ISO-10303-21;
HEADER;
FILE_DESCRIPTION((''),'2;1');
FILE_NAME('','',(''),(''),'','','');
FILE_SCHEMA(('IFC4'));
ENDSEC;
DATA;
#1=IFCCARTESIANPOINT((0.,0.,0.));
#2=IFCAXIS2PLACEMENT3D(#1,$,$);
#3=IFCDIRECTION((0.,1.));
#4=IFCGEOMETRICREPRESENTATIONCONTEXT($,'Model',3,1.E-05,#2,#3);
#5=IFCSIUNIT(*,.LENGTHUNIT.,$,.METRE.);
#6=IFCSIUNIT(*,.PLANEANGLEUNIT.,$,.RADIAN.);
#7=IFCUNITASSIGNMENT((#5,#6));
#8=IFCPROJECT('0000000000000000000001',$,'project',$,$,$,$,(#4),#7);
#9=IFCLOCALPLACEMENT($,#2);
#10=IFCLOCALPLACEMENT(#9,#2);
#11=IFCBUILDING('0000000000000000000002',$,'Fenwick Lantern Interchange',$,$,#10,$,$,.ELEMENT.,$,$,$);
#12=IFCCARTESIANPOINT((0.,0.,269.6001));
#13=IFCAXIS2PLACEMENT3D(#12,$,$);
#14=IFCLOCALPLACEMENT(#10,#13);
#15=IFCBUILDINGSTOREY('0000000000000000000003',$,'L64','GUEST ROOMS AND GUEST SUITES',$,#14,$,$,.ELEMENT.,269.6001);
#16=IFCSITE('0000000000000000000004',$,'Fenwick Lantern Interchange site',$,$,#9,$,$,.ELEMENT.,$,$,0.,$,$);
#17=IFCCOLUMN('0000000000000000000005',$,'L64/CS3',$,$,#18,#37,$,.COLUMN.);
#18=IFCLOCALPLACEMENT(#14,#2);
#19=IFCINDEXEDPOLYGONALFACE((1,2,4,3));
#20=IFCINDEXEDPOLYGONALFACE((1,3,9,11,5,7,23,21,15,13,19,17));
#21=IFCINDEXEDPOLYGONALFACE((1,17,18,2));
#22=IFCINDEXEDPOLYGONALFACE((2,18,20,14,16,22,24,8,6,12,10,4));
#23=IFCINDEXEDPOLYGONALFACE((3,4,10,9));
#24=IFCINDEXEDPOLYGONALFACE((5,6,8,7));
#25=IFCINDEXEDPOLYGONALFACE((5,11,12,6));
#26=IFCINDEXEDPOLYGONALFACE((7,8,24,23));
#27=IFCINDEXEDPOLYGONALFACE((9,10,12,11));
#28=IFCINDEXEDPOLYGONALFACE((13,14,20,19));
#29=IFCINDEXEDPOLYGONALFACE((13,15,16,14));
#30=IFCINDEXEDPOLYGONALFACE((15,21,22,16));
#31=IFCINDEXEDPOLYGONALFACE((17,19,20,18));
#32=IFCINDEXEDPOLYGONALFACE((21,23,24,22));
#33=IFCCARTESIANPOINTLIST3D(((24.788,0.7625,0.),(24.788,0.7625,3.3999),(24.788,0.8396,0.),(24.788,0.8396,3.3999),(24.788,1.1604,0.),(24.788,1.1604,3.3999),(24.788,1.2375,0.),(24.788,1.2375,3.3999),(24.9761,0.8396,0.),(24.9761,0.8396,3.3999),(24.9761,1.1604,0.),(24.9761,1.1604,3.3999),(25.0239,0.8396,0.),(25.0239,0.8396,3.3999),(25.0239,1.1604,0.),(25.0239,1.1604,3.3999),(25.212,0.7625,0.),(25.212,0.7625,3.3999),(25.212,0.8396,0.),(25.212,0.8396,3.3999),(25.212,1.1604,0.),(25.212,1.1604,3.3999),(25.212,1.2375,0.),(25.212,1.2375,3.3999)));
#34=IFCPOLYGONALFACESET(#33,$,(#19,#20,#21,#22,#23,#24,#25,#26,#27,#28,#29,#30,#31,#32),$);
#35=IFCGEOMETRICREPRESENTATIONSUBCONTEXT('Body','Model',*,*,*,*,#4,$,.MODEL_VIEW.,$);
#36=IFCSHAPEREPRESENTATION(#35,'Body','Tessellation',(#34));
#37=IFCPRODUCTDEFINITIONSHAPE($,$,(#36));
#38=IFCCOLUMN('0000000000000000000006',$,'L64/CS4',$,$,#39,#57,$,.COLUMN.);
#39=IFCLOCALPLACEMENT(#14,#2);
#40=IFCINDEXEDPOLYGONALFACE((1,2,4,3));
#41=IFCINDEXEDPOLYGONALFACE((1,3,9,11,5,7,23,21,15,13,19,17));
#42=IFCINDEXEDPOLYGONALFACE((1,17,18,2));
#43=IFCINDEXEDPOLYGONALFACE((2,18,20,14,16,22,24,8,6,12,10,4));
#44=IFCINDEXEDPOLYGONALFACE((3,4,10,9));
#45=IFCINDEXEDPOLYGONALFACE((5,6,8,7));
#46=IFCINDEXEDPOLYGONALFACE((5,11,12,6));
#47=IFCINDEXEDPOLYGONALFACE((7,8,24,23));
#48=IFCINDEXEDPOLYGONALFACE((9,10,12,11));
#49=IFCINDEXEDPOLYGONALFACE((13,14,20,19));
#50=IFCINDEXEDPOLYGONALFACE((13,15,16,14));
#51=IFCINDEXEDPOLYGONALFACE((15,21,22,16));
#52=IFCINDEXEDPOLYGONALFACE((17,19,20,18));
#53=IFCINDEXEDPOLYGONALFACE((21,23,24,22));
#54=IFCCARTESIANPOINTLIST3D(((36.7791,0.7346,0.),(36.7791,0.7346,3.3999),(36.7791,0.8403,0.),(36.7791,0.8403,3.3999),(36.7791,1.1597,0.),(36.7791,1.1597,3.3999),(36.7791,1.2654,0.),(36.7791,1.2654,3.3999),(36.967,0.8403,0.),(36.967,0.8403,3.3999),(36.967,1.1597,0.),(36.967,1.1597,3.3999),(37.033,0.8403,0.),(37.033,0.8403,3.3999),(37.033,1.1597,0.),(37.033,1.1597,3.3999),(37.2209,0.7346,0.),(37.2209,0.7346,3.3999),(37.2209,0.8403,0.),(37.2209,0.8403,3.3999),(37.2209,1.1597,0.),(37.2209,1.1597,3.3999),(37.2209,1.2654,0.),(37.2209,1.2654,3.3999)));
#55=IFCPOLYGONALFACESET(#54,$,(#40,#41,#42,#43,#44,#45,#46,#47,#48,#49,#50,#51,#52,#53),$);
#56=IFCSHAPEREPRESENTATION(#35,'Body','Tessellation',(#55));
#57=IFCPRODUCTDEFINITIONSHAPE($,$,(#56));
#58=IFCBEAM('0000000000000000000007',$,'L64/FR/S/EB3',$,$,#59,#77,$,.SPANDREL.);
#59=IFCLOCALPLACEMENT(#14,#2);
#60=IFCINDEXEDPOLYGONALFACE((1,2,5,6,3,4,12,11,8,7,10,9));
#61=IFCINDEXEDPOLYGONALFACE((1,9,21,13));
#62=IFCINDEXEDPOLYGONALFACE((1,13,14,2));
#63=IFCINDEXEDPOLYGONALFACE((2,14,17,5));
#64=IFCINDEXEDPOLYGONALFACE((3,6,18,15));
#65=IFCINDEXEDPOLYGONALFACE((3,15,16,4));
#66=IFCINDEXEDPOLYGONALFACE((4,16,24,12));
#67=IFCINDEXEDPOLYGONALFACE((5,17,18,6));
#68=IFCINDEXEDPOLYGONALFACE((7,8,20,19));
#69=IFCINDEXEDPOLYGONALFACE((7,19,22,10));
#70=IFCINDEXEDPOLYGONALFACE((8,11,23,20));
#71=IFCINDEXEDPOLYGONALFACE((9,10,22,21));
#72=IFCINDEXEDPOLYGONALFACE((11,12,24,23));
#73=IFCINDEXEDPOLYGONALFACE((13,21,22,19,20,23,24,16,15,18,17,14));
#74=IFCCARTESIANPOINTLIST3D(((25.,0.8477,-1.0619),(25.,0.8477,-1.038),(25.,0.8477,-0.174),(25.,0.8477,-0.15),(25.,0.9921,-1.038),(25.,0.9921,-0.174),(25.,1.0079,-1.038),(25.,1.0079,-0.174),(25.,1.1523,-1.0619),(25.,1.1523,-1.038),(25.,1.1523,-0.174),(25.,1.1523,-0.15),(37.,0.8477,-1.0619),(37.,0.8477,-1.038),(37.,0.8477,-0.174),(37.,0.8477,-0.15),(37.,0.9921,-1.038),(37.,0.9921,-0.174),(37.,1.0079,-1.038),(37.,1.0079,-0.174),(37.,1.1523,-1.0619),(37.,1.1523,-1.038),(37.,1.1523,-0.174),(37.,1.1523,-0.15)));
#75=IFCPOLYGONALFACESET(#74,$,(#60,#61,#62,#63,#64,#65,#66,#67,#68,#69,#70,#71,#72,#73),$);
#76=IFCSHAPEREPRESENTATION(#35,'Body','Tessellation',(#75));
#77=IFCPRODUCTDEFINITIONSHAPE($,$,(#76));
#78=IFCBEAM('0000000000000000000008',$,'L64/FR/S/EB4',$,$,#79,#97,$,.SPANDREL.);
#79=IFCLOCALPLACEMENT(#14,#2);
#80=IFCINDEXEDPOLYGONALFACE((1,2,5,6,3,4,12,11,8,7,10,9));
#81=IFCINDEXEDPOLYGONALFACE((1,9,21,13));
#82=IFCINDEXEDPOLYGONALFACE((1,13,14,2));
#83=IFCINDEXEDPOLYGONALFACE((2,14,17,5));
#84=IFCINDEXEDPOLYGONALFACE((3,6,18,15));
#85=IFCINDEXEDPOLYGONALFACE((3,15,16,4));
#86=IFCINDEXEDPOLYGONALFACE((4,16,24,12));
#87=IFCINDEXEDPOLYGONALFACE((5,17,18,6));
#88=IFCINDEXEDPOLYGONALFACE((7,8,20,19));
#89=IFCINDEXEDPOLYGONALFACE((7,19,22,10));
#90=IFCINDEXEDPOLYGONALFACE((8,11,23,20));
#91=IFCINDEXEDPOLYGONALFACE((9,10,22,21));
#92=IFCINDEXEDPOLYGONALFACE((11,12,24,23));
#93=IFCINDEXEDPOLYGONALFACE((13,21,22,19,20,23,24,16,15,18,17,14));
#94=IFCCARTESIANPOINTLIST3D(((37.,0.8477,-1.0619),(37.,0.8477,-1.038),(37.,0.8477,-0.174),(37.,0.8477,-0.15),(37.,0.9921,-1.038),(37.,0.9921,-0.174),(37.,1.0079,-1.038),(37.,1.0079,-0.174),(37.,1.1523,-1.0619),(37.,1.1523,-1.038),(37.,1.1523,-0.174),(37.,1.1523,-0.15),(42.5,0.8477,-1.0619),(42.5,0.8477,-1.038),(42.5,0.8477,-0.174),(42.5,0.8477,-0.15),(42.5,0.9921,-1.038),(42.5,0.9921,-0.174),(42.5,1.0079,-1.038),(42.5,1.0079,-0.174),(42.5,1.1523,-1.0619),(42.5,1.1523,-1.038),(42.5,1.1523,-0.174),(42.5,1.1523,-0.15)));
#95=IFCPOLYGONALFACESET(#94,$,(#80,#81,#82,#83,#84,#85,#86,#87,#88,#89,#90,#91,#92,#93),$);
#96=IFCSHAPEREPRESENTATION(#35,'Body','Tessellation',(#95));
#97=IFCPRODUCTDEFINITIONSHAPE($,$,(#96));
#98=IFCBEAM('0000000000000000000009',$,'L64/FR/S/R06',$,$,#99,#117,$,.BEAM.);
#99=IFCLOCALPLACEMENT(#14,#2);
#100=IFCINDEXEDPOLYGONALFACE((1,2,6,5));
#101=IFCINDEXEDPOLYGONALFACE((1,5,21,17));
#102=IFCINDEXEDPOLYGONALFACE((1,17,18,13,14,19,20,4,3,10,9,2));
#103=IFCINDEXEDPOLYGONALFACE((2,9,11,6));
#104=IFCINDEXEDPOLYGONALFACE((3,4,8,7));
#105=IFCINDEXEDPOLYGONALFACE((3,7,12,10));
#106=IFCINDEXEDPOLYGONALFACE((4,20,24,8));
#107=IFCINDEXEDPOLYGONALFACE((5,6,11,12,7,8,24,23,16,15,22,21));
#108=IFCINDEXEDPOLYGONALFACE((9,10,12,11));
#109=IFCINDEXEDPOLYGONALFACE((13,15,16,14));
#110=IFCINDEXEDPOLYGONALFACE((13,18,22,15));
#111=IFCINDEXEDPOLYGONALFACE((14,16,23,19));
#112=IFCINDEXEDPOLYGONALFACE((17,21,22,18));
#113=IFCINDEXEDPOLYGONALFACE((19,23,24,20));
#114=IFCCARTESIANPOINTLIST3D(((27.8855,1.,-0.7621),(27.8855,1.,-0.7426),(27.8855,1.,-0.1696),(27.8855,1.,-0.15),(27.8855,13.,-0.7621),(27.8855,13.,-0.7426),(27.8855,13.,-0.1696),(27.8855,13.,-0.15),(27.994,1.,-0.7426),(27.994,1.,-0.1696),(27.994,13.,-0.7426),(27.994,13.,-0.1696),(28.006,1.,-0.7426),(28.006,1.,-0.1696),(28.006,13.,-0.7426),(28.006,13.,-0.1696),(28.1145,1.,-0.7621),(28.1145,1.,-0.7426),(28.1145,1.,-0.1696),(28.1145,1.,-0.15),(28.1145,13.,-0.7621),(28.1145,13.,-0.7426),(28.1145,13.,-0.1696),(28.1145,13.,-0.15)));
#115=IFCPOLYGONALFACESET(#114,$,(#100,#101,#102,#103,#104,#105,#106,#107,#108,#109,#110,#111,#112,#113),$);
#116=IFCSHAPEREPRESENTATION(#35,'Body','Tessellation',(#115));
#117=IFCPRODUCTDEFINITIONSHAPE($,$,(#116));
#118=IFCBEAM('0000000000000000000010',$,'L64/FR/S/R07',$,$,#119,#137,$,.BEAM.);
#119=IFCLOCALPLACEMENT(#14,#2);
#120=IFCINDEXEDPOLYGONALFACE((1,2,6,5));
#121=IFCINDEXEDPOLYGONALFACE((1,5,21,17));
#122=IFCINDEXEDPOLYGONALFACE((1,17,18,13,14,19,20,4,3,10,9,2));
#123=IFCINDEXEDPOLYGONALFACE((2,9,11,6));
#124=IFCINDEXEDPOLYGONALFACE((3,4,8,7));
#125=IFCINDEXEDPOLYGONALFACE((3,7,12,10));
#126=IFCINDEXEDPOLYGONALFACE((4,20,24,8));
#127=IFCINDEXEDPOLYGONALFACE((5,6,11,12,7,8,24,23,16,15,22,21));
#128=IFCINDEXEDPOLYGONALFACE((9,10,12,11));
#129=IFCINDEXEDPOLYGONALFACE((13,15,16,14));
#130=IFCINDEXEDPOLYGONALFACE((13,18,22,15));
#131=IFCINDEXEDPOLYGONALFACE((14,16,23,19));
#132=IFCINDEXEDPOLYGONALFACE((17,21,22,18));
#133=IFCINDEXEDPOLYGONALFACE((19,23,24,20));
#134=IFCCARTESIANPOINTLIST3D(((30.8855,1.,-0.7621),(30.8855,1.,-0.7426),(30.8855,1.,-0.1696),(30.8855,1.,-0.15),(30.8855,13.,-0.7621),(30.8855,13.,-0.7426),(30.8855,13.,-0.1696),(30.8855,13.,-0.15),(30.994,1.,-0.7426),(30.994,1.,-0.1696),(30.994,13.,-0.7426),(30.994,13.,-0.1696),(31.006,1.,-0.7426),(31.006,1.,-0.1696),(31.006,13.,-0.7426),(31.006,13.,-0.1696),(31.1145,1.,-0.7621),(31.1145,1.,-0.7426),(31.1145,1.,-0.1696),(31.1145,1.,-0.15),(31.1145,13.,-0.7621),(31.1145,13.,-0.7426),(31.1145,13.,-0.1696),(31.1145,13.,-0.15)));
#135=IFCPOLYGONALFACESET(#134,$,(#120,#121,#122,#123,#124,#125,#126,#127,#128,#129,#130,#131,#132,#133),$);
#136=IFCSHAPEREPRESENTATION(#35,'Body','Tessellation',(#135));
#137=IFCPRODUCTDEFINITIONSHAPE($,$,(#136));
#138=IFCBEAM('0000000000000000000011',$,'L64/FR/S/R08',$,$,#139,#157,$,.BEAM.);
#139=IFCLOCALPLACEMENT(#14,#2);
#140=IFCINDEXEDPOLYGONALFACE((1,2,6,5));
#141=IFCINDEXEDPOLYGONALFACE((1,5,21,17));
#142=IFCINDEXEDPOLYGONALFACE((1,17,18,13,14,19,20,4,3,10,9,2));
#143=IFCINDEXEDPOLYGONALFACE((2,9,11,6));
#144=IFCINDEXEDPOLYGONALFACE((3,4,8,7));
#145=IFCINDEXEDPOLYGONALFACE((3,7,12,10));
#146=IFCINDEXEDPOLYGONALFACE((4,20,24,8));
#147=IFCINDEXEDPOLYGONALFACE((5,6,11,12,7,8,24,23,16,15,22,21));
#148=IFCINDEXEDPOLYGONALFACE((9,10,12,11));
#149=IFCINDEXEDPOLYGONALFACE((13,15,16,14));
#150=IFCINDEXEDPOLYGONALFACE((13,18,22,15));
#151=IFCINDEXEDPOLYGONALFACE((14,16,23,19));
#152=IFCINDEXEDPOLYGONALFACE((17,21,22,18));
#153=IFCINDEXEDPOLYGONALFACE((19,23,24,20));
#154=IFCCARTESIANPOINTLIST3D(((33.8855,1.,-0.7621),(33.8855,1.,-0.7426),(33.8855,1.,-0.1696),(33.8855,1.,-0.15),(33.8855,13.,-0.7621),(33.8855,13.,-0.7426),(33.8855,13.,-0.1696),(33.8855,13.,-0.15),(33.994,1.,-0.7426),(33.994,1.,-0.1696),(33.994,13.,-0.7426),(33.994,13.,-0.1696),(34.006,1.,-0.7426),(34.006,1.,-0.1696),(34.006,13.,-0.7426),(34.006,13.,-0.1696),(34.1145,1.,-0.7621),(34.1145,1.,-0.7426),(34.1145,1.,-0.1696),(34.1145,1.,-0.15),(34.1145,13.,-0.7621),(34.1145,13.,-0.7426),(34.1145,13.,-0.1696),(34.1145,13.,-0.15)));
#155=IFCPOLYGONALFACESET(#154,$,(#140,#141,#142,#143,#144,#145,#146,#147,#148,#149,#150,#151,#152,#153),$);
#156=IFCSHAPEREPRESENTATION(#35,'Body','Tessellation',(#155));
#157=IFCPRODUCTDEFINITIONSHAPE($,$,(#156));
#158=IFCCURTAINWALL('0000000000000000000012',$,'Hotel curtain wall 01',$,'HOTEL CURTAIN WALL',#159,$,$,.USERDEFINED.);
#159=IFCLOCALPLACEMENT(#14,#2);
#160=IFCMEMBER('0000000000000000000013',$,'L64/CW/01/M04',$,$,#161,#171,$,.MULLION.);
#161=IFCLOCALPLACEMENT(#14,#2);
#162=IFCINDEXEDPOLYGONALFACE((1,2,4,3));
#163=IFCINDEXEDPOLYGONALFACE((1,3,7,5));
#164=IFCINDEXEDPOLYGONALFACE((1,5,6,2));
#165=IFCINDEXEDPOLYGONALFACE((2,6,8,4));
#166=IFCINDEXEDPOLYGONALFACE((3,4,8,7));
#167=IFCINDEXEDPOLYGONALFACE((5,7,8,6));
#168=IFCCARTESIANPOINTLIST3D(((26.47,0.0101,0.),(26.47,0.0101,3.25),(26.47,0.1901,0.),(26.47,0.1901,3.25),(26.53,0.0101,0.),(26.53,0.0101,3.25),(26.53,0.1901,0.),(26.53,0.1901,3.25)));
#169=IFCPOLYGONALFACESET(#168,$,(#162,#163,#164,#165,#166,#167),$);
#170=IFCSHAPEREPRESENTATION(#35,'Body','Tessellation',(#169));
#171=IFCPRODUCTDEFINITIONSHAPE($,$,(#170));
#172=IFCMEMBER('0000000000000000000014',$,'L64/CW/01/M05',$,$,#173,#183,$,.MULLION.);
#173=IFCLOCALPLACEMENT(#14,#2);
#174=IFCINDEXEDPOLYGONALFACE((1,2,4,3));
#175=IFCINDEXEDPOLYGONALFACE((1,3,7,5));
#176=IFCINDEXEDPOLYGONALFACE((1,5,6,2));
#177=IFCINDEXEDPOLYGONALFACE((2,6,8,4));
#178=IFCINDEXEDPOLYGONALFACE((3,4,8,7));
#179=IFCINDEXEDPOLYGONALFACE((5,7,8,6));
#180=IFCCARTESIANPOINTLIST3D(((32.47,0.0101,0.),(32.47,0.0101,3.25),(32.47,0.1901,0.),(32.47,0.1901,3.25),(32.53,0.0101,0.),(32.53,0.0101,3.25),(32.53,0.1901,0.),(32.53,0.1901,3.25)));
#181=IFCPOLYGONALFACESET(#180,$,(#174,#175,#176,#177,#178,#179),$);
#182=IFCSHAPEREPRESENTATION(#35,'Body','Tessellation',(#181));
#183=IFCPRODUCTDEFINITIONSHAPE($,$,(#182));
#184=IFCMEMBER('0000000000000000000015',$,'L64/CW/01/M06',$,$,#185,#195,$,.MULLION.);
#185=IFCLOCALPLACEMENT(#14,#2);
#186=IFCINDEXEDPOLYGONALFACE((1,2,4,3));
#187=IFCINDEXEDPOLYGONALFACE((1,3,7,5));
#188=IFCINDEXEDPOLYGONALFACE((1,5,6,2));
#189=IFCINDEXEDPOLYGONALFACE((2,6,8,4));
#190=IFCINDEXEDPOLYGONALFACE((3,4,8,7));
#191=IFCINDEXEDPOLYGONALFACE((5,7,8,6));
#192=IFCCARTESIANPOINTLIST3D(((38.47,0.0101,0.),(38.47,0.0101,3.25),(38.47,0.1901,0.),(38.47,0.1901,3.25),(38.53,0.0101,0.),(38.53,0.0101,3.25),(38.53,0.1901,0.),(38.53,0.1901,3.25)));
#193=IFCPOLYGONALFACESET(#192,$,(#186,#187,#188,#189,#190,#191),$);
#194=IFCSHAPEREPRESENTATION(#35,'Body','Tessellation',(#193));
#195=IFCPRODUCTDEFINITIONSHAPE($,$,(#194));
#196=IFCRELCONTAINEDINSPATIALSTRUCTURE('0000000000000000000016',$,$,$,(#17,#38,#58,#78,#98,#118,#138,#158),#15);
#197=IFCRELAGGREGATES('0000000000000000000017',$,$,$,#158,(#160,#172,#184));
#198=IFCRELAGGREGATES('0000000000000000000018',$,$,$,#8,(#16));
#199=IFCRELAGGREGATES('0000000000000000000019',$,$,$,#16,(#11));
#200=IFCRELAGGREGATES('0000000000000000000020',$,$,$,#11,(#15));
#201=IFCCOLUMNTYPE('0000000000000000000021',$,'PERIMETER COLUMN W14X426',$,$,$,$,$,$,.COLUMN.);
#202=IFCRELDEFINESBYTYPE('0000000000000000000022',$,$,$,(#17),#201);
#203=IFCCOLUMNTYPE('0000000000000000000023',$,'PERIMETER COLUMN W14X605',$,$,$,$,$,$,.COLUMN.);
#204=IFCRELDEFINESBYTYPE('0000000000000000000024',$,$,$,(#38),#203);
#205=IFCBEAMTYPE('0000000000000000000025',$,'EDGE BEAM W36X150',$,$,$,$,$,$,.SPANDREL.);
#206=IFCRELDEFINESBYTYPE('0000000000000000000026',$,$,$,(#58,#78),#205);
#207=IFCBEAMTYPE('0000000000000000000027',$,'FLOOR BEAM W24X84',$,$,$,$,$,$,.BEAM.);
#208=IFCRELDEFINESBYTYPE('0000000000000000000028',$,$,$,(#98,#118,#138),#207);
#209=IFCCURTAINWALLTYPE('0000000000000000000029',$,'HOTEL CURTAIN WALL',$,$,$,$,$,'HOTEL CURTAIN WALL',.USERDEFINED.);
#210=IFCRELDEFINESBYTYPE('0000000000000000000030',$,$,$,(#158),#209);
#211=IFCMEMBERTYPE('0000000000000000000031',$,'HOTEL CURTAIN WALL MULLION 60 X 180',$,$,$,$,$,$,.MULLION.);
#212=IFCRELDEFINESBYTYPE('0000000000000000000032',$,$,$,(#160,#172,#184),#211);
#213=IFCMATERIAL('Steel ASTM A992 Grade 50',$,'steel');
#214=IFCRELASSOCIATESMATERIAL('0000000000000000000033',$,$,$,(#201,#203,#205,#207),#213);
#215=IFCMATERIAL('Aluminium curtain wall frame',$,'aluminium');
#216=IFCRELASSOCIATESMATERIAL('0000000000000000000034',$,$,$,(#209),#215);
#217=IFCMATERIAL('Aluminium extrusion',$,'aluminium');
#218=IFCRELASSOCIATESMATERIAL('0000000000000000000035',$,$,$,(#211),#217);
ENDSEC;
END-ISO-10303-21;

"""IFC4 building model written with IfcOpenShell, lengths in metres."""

from ifc_helpers import new_model, si_unit, direction, frame, origin, origin_2d, place, context, subcontext, project, spatial, rectangle, i_section, extrude, material, material_profile, profile_set, type_object, element, aggregate, save


model = new_model("IFC4")

# Units and contexts
model_context = context("Model", 3, precision=1e-05, world=origin(), true_north=direction((0.0, 1.0)))
body_context = subcontext(model_context, "Body", "Model", "MODEL_VIEW")
ifc_project = project(units=[si_unit("LENGTHUNIT", "METRE"), si_unit("PLANEANGLEUNIT", "RADIAN")], contexts=[model_context])

# Site, building, storey
site_placement = place(None, origin())
site = spatial("IfcSite", under=ifc_project, at=site_placement, Name="Fenwick Lantern Interchange site", CompositionType="ELEMENT", RefElevation=0.0)
building_placement = place(site_placement, origin())
building = spatial("IfcBuilding", under=site, at=building_placement, Name="Fenwick Lantern Interchange", CompositionType="ELEMENT")
storey_placement = place(building_placement, frame((0.0, 0.0, 269.6001)))
storey = spatial("IfcBuildingStorey", under=building, at=storey_placement, Name="L64", Description="GUEST ROOMS AND GUEST SUITES", CompositionType="ELEMENT", Elevation=269.6001)

# Columns
ifc_material_1 = material(Name="Steel ASTM A992 Grade 50", Category="steel")
ifc_material_profile_1 = material_profile(ifc_material_1, i_section(OverallWidth=0.4241, OverallDepth=0.4751, WebThickness=0.0479, FlangeThickness=0.0771, at=origin_2d()), Name="W14X426")
ifc_profile_set_1 = profile_set([ifc_material_profile_1], Name="Steel ASTM A992 Grade 50")
column_type_1 = type_object("IfcColumnType", Name="PERIMETER COLUMN W14X426", PredefinedType="COLUMN", material=ifc_profile_set_1)
column_1_placement = place(storey_placement, frame((25.0, 1.0, 0.0), z_axis=(0.0, 0.0, 1.0), x_axis=(1.0, 0.0, 0.0)))
element("IfcColumn", 1, at=column_1_placement, inside=storey, type_object=column_type_1, Name="L64/CS3", PredefinedType="COLUMN", context=body_context, shape_type="SweptSolid", body=[
    extrude(i_section(OverallWidth=0.4241, OverallDepth=0.4751, WebThickness=0.0479, FlangeThickness=0.0771, at=origin_2d()), origin(), (0.0, 0.0, 1.0), 3.3999),
])
ifc_material_profile_2 = material_profile(ifc_material_1, i_section(OverallWidth=0.4419, OverallDepth=0.5308, WebThickness=0.0659, FlangeThickness=0.1057, at=origin_2d()), Name="W14X605")
ifc_profile_set_2 = profile_set([ifc_material_profile_2], Name="Steel ASTM A992 Grade 50")
column_type_2 = type_object("IfcColumnType", Name="PERIMETER COLUMN W14X605", PredefinedType="COLUMN", material=ifc_profile_set_2)
column_2_placement = place(storey_placement, frame((37.0, 1.0, 0.0), z_axis=(0.0, 0.0, 1.0), x_axis=(1.0, 0.0, 0.0)))
element("IfcColumn", 2, at=column_2_placement, inside=storey, type_object=column_type_2, Name="L64/CS4", PredefinedType="COLUMN", context=body_context, shape_type="SweptSolid", body=[
    extrude(i_section(OverallWidth=0.4419, OverallDepth=0.5308, WebThickness=0.0659, FlangeThickness=0.1057, at=origin_2d()), origin(), (0.0, 0.0, 1.0), 3.3999),
])

# Beams
ifc_material_profile_3 = material_profile(ifc_material_1, i_section(OverallWidth=0.3047, OverallDepth=0.9119, WebThickness=0.0159, FlangeThickness=0.0239, at=origin_2d()), Name="W36X150")
ifc_profile_set_3 = profile_set([ifc_material_profile_3], Name="Steel ASTM A992 Grade 50")
beam_type_1 = type_object("IfcBeamType", Name="EDGE BEAM W36X150", PredefinedType="SPANDREL", material=ifc_profile_set_3)
beam_1_placement = place(storey_placement, frame((25.0, 1.0, -0.606), z_axis=(1.0, 0.0, 0.0), x_axis=(0.0, 1.0, 0.0)))
element("IfcBeam", 3, at=beam_1_placement, inside=storey, type_object=beam_type_1, Name="L64/FR/S/EB3", PredefinedType="SPANDREL", context=body_context, shape_type="SweptSolid", body=[
    extrude(i_section(OverallWidth=0.3047, OverallDepth=0.9119, WebThickness=0.0159, FlangeThickness=0.0239, at=origin_2d()), origin(), (0.0, 0.0, 1.0), 12.0),
])
beam_2_placement = place(storey_placement, frame((37.0, 1.0, -0.606), z_axis=(1.0, 0.0, 0.0), x_axis=(0.0, 1.0, 0.0)))
element("IfcBeam", 4, at=beam_2_placement, inside=storey, type_object=beam_type_1, Name="L64/FR/S/EB4", PredefinedType="SPANDREL", context=body_context, shape_type="SweptSolid", body=[
    extrude(i_section(OverallWidth=0.3047, OverallDepth=0.9119, WebThickness=0.0159, FlangeThickness=0.0239, at=origin_2d()), origin(), (0.0, 0.0, 1.0), 5.5),
])
ifc_material_profile_4 = material_profile(ifc_material_1, i_section(OverallWidth=0.229, OverallDepth=0.6121, WebThickness=0.012, FlangeThickness=0.0195, at=origin_2d()), Name="W24X84")
ifc_profile_set_4 = profile_set([ifc_material_profile_4], Name="Steel ASTM A992 Grade 50")
beam_type_2 = type_object("IfcBeamType", Name="FLOOR BEAM W24X84", PredefinedType="BEAM", material=ifc_profile_set_4)
for number, where, z_axis, x_axis, name in (
    (5, (28.0, 1.0, -0.4561), (0.0, 1.0, 0.0), (-1.0, 0.0, 0.0), "L64/FR/S/R06"),
    (6, (31.0, 1.0, -0.4561), (0.0, 1.0, 0.0), (-1.0, 0.0, 0.0), "L64/FR/S/R07"),
    (7, (34.0, 1.0, -0.4561), (0.0, 1.0, 0.0), (-1.0, 0.0, 0.0), "L64/FR/S/R08"),
):
    element("IfcBeam", number, at=place(storey_placement, frame(where, z_axis=z_axis, x_axis=x_axis)), inside=storey, type_object=beam_type_2, Name=name, PredefinedType="BEAM", context=body_context, shape_type="SweptSolid", body=[
        extrude(i_section(OverallWidth=0.229, OverallDepth=0.6121, WebThickness=0.012, FlangeThickness=0.0195, at=origin_2d()), origin(), (0.0, 0.0, 1.0), 12.0),
    ])

# Curtain wall, members
ifc_material_2 = material(Name="Aluminium curtain wall frame", Category="aluminium")
curtain_wall_type = type_object("IfcCurtainWallType", Name="HOTEL CURTAIN WALL", ElementType="HOTEL CURTAIN WALL", PredefinedType="USERDEFINED", material=ifc_material_2)
curtain_wall_placement = place(storey_placement, origin())
curtain_wall = element("IfcCurtainWall", 8, at=curtain_wall_placement, inside=storey, type_object=curtain_wall_type, Name="Hotel curtain wall 01", ObjectType="HOTEL CURTAIN WALL", PredefinedType="USERDEFINED")
ifc_material_3 = material(Name="Aluminium extrusion", Category="aluminium")
ifc_material_profile_5 = material_profile(ifc_material_3, rectangle(XDim=0.1799, YDim=0.0601, at=origin_2d()), Name="HOTEL CURTAIN WALL MULLION 60 X 180")
ifc_profile_set_5 = profile_set([ifc_material_profile_5], Name="Aluminium extrusion")
member_type_1 = type_object("IfcMemberType", Name="HOTEL CURTAIN WALL MULLION 60 X 180", PredefinedType="MULLION", material=ifc_profile_set_5)
member_1_placement = place(storey_placement, frame((26.5, 0.1001, 0.0), z_axis=(0.0, 0.0, 1.0), x_axis=(0.0, 1.0, 0.0)))
member_1 = element("IfcMember", 9, at=member_1_placement, type_object=member_type_1, Name="L64/CW/01/M04", PredefinedType="MULLION", context=body_context, shape_type="SweptSolid", body=[
    extrude(rectangle(XDim=0.1799, YDim=0.0601, at=origin_2d()), origin(), (0.0, 0.0, 1.0), 3.25),
])
member_2_placement = place(storey_placement, frame((32.5, 0.1001, 0.0), z_axis=(0.0, 0.0, 1.0), x_axis=(0.0, 1.0, 0.0)))
member_2 = element("IfcMember", 10, at=member_2_placement, type_object=member_type_1, Name="L64/CW/01/M05", PredefinedType="MULLION", context=body_context, shape_type="SweptSolid", body=[
    extrude(rectangle(XDim=0.1799, YDim=0.0601, at=origin_2d()), origin(), (0.0, 0.0, 1.0), 3.25),
])
member_3_placement = place(storey_placement, frame((38.5, 0.1001, 0.0), z_axis=(0.0, 0.0, 1.0), x_axis=(0.0, 1.0, 0.0)))
member_3 = element("IfcMember", 11, at=member_3_placement, type_object=member_type_1, Name="L64/CW/01/M06", PredefinedType="MULLION", context=body_context, shape_type="SweptSolid", body=[
    extrude(rectangle(XDim=0.1799, YDim=0.0601, at=origin_2d()), origin(), (0.0, 0.0, 1.0), 3.25),
])
aggregate(curtain_wall, [member_1, member_2, member_3])

save(model, "model.ifc")
